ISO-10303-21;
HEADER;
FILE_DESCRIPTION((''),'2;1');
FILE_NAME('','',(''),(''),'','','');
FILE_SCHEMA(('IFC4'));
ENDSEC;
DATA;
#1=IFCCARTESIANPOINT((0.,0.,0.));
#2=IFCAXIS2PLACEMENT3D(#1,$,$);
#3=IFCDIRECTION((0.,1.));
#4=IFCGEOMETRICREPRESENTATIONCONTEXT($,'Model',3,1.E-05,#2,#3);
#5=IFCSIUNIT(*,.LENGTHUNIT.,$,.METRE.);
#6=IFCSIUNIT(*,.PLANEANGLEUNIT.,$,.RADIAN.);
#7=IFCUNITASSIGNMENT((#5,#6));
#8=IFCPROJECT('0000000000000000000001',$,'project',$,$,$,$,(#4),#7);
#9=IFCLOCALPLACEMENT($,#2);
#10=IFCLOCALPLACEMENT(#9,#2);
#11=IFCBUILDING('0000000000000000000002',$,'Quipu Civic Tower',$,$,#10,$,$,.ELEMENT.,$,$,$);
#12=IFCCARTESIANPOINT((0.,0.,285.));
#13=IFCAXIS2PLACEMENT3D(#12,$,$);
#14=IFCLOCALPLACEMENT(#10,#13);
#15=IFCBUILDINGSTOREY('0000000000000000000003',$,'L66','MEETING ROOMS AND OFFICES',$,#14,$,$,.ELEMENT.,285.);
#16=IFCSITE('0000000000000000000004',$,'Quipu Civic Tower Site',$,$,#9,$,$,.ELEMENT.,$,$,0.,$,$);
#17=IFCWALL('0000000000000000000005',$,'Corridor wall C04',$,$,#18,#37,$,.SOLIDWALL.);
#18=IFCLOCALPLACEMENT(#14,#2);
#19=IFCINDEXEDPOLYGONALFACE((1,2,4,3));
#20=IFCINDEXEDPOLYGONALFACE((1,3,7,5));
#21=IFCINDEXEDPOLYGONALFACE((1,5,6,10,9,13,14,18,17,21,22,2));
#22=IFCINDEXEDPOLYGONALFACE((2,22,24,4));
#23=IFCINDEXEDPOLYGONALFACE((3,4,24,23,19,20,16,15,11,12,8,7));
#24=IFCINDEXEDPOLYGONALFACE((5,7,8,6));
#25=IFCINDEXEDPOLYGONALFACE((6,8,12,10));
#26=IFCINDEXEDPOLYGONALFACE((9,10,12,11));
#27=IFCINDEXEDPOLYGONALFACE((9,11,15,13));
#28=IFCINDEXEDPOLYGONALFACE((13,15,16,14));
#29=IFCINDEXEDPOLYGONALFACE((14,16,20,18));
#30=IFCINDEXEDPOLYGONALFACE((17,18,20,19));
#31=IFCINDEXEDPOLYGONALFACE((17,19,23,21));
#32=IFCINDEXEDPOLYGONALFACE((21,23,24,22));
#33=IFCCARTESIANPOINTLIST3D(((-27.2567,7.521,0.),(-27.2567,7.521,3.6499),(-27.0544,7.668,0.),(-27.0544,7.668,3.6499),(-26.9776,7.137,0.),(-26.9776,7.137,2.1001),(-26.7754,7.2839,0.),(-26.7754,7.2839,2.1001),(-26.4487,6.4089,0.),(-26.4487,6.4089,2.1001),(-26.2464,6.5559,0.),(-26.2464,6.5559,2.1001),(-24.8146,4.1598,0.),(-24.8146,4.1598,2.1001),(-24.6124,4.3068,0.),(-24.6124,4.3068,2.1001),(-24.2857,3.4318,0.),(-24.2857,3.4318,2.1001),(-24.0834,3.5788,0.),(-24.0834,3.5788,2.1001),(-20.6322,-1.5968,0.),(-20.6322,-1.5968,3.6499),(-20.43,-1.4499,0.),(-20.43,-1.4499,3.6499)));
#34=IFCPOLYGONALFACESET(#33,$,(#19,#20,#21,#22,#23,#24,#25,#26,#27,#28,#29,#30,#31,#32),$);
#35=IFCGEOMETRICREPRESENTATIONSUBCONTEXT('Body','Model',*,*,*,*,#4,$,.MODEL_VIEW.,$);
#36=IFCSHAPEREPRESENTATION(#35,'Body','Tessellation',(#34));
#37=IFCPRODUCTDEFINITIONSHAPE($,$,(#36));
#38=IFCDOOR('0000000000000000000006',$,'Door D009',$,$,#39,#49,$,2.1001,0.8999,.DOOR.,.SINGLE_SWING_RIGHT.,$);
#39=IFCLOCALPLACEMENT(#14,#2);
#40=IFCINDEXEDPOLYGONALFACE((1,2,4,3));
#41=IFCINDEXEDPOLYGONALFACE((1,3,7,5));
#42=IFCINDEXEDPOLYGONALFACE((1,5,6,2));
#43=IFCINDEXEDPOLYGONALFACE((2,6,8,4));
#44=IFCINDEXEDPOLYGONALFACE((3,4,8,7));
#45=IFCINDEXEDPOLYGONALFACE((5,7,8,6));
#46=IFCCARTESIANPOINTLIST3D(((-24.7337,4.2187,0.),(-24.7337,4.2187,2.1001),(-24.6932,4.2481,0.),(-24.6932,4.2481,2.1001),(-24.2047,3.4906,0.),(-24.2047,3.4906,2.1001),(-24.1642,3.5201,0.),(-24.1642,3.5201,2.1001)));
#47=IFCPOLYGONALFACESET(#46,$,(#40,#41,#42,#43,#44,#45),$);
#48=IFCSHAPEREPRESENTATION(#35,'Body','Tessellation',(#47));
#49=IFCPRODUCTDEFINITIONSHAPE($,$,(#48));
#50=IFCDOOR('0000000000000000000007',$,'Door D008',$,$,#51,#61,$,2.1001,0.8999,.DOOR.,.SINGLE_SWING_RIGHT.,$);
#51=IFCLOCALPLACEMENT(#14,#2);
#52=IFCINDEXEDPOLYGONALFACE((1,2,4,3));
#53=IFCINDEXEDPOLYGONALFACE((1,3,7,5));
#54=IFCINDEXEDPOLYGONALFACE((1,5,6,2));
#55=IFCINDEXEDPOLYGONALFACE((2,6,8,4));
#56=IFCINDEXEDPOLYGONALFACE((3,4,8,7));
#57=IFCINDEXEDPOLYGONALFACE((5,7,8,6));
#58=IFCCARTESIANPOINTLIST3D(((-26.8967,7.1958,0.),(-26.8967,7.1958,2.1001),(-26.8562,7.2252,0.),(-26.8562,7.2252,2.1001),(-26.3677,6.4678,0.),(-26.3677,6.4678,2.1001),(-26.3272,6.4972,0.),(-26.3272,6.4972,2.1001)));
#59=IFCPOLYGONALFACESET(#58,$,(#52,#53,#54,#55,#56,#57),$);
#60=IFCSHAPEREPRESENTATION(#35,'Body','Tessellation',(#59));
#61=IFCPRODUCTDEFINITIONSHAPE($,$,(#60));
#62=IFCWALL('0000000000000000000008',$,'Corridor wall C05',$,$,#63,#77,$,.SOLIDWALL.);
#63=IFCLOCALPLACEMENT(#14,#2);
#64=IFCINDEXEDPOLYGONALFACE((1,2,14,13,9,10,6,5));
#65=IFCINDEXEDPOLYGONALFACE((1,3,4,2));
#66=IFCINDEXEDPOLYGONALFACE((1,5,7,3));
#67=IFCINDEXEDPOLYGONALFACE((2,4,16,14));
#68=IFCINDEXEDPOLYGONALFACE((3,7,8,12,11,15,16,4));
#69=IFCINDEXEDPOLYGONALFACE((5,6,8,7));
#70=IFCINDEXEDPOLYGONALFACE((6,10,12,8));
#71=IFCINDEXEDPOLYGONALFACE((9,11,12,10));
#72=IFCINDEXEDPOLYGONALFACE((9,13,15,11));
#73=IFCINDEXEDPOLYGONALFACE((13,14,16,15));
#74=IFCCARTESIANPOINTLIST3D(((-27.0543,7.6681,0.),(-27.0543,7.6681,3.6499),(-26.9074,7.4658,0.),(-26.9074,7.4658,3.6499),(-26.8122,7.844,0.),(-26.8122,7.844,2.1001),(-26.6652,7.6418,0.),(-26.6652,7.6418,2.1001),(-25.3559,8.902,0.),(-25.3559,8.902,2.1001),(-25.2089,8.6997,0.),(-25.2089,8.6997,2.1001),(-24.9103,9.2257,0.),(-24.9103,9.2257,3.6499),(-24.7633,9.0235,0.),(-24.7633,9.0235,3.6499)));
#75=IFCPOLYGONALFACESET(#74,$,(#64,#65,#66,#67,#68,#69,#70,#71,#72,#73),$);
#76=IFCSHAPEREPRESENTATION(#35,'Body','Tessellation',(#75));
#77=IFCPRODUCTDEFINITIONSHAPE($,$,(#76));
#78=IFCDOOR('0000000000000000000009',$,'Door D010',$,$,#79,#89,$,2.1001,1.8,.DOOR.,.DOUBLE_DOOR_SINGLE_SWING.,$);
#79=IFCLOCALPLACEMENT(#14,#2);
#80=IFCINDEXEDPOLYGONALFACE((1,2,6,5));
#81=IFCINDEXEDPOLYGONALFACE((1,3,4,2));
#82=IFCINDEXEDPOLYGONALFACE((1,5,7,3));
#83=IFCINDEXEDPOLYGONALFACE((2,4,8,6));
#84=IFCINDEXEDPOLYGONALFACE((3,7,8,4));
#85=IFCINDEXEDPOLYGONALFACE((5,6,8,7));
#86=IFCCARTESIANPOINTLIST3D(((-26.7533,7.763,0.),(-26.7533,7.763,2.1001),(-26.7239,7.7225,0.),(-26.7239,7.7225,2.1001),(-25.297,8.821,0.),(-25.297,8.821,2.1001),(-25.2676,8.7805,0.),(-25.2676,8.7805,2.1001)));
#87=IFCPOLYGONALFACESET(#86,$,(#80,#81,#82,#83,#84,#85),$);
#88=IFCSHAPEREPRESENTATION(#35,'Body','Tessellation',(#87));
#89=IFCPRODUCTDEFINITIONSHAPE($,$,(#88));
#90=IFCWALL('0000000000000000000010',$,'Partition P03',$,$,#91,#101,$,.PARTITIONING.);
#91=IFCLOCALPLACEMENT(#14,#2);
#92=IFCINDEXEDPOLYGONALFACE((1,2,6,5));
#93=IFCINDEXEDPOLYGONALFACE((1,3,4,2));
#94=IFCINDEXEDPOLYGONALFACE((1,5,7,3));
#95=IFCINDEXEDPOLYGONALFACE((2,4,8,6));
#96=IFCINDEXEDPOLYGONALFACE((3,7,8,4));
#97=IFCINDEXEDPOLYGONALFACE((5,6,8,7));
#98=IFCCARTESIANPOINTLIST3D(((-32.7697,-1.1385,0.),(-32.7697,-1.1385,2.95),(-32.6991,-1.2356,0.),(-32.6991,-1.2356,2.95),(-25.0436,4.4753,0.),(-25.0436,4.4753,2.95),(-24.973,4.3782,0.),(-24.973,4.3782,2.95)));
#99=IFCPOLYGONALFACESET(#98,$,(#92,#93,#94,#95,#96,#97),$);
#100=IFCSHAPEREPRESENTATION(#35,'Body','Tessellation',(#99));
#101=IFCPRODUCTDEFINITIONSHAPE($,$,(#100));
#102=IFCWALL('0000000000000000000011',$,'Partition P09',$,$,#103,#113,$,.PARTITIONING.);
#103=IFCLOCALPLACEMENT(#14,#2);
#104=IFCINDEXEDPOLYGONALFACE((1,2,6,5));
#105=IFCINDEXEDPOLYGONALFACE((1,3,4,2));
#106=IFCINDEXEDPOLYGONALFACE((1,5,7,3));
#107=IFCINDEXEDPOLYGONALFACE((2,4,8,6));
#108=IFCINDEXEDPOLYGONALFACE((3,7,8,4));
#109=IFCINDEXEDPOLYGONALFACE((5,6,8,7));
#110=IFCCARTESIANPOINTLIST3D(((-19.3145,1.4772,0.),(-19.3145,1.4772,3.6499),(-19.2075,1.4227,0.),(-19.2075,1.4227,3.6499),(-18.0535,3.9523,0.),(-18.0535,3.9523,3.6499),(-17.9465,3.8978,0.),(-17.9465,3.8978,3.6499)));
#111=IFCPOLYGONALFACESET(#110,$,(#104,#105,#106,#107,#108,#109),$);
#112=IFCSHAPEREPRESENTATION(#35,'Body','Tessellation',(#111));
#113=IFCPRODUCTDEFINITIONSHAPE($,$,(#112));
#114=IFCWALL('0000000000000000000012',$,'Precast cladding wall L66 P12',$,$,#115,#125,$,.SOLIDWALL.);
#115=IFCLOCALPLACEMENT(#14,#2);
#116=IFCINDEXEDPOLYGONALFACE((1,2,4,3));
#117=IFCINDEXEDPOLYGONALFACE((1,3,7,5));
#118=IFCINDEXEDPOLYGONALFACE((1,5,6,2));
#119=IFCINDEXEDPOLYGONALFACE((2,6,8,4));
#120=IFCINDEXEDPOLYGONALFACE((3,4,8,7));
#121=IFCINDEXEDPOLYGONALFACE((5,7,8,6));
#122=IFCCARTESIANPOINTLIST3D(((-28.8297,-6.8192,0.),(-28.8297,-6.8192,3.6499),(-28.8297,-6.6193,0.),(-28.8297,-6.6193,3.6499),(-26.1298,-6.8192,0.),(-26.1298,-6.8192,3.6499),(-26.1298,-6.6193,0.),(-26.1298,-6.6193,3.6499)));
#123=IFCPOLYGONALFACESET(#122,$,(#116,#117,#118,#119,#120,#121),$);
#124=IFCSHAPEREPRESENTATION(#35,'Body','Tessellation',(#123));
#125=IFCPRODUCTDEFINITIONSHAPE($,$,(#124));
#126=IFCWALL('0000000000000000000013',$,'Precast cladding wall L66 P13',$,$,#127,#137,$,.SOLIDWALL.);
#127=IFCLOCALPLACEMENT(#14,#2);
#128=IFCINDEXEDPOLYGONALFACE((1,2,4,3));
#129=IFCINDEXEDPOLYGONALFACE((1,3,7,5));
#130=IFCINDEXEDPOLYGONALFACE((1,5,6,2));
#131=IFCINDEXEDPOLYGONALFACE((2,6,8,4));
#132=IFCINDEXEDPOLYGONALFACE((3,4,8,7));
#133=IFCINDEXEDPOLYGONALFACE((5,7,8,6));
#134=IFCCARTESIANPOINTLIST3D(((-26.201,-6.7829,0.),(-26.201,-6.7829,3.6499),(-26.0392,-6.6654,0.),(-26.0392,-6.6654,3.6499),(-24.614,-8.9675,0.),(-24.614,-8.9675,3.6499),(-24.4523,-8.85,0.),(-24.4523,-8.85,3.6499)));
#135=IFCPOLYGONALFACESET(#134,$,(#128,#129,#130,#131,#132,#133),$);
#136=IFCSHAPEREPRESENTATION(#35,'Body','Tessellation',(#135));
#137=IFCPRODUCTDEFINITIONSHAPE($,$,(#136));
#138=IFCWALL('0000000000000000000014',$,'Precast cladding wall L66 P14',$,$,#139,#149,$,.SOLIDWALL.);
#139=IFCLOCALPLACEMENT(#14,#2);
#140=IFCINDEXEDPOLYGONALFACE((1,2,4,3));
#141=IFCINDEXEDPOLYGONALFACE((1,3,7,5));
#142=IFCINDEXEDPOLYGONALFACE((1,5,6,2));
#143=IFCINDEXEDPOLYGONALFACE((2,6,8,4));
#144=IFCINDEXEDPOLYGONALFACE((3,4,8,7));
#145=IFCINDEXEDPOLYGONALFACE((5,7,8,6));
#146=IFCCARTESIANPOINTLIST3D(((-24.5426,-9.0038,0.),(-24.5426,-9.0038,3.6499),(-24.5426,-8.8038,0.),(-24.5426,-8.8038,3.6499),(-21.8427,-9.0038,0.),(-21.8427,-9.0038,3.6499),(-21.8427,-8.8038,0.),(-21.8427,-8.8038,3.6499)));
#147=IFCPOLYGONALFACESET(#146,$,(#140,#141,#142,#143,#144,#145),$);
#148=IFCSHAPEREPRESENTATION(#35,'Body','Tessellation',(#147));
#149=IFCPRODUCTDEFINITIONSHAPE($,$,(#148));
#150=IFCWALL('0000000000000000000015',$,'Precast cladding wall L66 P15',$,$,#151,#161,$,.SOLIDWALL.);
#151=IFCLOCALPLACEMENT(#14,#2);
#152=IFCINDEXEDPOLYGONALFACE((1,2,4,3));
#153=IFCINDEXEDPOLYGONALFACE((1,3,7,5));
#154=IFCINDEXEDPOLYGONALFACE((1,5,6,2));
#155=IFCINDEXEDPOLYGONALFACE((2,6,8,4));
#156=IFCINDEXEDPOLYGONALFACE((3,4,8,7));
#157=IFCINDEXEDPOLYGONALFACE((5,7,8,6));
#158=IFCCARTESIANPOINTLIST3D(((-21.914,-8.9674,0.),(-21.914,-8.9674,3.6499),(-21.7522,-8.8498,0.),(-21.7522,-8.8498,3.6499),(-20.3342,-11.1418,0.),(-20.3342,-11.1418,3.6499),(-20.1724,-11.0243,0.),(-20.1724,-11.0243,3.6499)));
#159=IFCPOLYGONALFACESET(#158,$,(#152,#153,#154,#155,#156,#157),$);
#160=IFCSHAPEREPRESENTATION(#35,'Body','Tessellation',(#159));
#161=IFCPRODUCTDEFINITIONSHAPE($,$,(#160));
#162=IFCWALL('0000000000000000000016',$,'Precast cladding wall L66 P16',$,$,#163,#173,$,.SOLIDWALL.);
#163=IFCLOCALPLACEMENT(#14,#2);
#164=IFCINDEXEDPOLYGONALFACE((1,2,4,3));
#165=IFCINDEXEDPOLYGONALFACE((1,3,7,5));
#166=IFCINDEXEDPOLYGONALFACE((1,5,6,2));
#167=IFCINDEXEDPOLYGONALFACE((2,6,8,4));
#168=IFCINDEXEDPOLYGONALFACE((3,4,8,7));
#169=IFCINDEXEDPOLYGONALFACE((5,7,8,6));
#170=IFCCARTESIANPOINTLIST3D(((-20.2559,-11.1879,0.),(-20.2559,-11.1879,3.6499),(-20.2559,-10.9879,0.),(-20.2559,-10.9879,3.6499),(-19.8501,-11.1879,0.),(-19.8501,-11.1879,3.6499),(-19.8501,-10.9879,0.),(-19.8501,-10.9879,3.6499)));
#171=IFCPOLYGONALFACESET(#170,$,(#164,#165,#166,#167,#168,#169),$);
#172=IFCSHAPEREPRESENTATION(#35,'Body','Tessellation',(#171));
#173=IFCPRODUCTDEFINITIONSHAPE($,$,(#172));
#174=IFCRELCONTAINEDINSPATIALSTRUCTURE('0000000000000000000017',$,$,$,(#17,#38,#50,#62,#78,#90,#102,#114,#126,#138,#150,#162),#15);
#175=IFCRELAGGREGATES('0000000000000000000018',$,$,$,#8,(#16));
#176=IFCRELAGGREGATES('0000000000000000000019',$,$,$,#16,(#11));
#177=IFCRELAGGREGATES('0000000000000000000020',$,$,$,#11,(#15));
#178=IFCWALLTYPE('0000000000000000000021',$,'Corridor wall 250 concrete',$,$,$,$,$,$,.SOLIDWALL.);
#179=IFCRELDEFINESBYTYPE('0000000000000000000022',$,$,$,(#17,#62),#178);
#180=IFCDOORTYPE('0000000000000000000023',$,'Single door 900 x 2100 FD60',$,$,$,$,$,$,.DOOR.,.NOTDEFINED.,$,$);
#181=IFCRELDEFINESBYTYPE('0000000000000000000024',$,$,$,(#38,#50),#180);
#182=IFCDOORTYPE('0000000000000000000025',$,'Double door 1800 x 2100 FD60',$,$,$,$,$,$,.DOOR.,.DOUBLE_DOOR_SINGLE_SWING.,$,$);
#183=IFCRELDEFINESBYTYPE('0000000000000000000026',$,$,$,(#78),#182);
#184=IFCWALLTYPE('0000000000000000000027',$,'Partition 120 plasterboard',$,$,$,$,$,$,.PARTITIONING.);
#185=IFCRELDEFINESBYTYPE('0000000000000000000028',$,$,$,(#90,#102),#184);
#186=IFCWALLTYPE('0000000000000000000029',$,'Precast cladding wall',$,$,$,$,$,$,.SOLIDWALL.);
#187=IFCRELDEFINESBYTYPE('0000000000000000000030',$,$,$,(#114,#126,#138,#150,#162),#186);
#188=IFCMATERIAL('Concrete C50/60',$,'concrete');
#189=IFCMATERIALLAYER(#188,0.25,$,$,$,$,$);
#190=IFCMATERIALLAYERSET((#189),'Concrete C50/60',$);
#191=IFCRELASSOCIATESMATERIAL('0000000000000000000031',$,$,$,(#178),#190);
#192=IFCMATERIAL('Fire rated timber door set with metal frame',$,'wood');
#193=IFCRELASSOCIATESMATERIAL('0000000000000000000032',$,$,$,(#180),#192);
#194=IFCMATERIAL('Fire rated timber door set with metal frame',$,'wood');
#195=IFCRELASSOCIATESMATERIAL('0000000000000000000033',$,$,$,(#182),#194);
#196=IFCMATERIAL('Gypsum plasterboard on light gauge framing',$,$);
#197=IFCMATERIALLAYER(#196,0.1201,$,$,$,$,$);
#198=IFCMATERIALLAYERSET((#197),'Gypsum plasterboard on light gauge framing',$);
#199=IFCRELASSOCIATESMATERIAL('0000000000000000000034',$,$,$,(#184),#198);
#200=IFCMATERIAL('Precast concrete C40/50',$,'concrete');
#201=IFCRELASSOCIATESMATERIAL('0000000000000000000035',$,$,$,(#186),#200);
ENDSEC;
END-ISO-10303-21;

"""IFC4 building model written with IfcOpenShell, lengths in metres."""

from ifc_helpers import new_model, si_unit, direction, frame, frame_2d, origin, place, context, subcontext, project, spatial, rectangle, extrude, material, layer, layer_set, type_object, element, fill, save


model = new_model("IFC4")

# Units and contexts
model_context = context("Model", 3, precision=1e-05, world=origin(), true_north=direction((0.0, 1.0)))
body_context = subcontext(model_context, "Body", "Model", "MODEL_VIEW")
ifc_project = project(units=[si_unit("LENGTHUNIT", "METRE"), si_unit("PLANEANGLEUNIT", "RADIAN")], contexts=[model_context])

# Site, building, storey
site_placement = place(None, origin())
site = spatial("IfcSite", under=ifc_project, at=site_placement, Name="Quipu Civic Tower Site", CompositionType="ELEMENT", RefElevation=0.0)
building_placement = place(site_placement, origin())
building = spatial("IfcBuilding", under=site, at=building_placement, Name="Quipu Civic Tower", CompositionType="ELEMENT")
storey_placement = place(building_placement, frame((0.0, 0.0, 285.0)))
storey = spatial("IfcBuildingStorey", under=building, at=storey_placement, Name="L66", Description="MEETING ROOMS AND OFFICES", CompositionType="ELEMENT", Elevation=285.0)

# Wall, openings, doors
ifc_material_1 = material(Name="Concrete C50/60", Category="concrete")
ifc_layer_1 = layer(ifc_material_1, 0.25)
ifc_layer_set_1 = layer_set([ifc_layer_1], Name="Concrete C50/60")
wall_type_1 = type_object("IfcWallType", Name="Corridor wall 250 concrete", PredefinedType="SOLIDWALL", material=ifc_layer_set_1)
wall_1_placement = place(storey_placement, frame((-20.531, -1.5234, 0.0), z_axis=(0.0, 0.0, 1.0), x_axis=(-0.587783, 0.809019, 0.0)))
wall_1 = element("IfcWall", 1, at=wall_1_placement, inside=storey, type_object=wall_type_1, Name="Corridor wall C04", PredefinedType="SOLIDWALL", context=body_context, shape_type="SweptSolid", body=[
    extrude(rectangle(XDim=11.2703, YDim=0.25, at=frame_2d((5.6353, 0.0))), origin(), (0.0, 0.0, 1.0), 3.6499),
])
opening_1_placement = place(wall_1_placement, frame((6.2158, 0.0, 0.0)))
opening_1 = element("IfcOpeningElement", 2, at=opening_1_placement, cuts=wall_1, PredefinedType="OPENING", context=body_context, shape_type="SweptSolid", body=[
    extrude(rectangle(XDim=0.8999, YDim=2.1001, at=frame_2d((0.45, 1.05))), frame((0.0, 0.135, 0.0), z_axis=(0.0, -1.0, 0.0), x_axis=(1.0, 0.0, 0.0)), (0.0, 0.0, 1.0), 0.27),
])
opening_2_placement = place(wall_1_placement, frame((9.8958, 0.0, 0.0)))
opening_2 = element("IfcOpeningElement", 3, at=opening_2_placement, cuts=wall_1, PredefinedType="OPENING", context=body_context, shape_type="SweptSolid", body=[
    extrude(rectangle(XDim=0.8999, YDim=2.1001, at=frame_2d((0.45, 1.05))), frame((0.0, 0.135, 0.0), z_axis=(0.0, -1.0, 0.0), x_axis=(1.0, 0.0, 0.0)), (0.0, 0.0, 1.0), 0.27),
])
ifc_material_2 = material(Name="Fire rated timber door set with metal frame", Category="wood")
door_type_1 = type_object("IfcDoorType", Name="Single door 900 x 2100 FD60", OperationType="NOTDEFINED", PredefinedType="DOOR", material=ifc_material_2)
door_1_placement = place(opening_1_placement, origin())
door_1 = element("IfcDoor", 4, at=door_1_placement, inside=storey, type_object=door_type_1, Name="Door D009", OperationType="SINGLE_SWING_RIGHT", OverallHeight=2.1001, OverallWidth=0.8999, PredefinedType="DOOR", context=body_context, shape_type="SweptSolid", body=[
    extrude(rectangle(XDim=0.8999, YDim=2.1001, at=frame_2d((0.45, 1.05))), frame((0.0, 0.0249, 0.0), z_axis=(0.0, -1.0, 0.0), x_axis=(1.0, 0.0, 0.0)), (0.0, 0.0, 1.0), 0.05),
])
fill(opening_1, door_1)
door_2_placement = place(opening_2_placement, origin())
door_2 = element("IfcDoor", 5, at=door_2_placement, inside=storey, type_object=door_type_1, Name="Door D008", OperationType="SINGLE_SWING_RIGHT", OverallHeight=2.1001, OverallWidth=0.8999, PredefinedType="DOOR", context=body_context, shape_type="SweptSolid", body=[
    extrude(rectangle(XDim=0.8999, YDim=2.1001, at=frame_2d((0.45, 1.05))), frame((0.0, 0.0249, 0.0), z_axis=(0.0, -1.0, 0.0), x_axis=(1.0, 0.0, 0.0)), (0.0, 0.0, 1.0), 0.05),
])
fill(opening_2, door_2)

# Wall, opening, door
wall_2_placement = place(storey_placement, frame((-26.981, 7.5669, 0.0), z_axis=(0.0, 0.0, 1.0), x_axis=(0.809039, 0.587755, 0.0)))
wall_2 = element("IfcWall", 6, at=wall_2_placement, inside=storey, type_object=wall_type_1, Name="Corridor wall C05", PredefinedType="SOLIDWALL", context=body_context, shape_type="SweptSolid", body=[
    extrude(rectangle(XDim=2.6501, YDim=0.25, at=frame_2d((1.3252, 0.0))), origin(), (0.0, 0.0, 1.0), 3.6499),
])
opening_3_placement = place(wall_2_placement, frame((0.2996, 0.0, 0.0)))
opening_3 = element("IfcOpeningElement", 7, at=opening_3_placement, cuts=wall_2, PredefinedType="OPENING", context=body_context, shape_type="SweptSolid", body=[
    extrude(rectangle(XDim=1.8, YDim=2.1001, at=frame_2d((0.8999, 1.05))), frame((0.0, 0.135, 0.0), z_axis=(0.0, -1.0, 0.0), x_axis=(1.0, 0.0, 0.0)), (0.0, 0.0, 1.0), 0.27),
])
ifc_material_3 = material(Name="Fire rated timber door set with metal frame", Category="wood")
door_type_2 = type_object("IfcDoorType", Name="Double door 1800 x 2100 FD60", OperationType="DOUBLE_DOOR_SINGLE_SWING", PredefinedType="DOOR", material=ifc_material_3)
door_3_placement = place(opening_3_placement, origin())
door_3 = element("IfcDoor", 8, at=door_3_placement, inside=storey, type_object=door_type_2, Name="Door D010", OperationType="DOUBLE_DOOR_SINGLE_SWING", OverallHeight=2.1001, OverallWidth=1.8, PredefinedType="DOOR", context=body_context, shape_type="SweptSolid", body=[
    extrude(rectangle(XDim=1.8, YDim=2.1001, at=frame_2d((0.8999, 1.05))), frame((0.0, 0.0249, 0.0), z_axis=(0.0, -1.0, 0.0), x_axis=(1.0, 0.0, 0.0)), (0.0, 0.0, 1.0), 0.05),
])
fill(opening_3, door_3)

# Walls
ifc_material_4 = material(Name="Gypsum plasterboard on light gauge framing")
ifc_layer_2 = layer(ifc_material_4, 0.1201)
ifc_layer_set_2 = layer_set([ifc_layer_2], Name="Gypsum plasterboard on light gauge framing")
wall_type_2 = type_object("IfcWallType", Name="Partition 120 plasterboard", PredefinedType="PARTITIONING", material=ifc_layer_set_2)
wall_3_placement = place(storey_placement, frame((-25.0083, 4.4268, 0.0), z_axis=(0.0, 0.0, 1.0), x_axis=(-0.808995, -0.587816, 0.0)))
element("IfcWall", 9, at=wall_3_placement, inside=storey, type_object=wall_type_2, Name="Partition P03", PredefinedType="PARTITIONING", context=body_context, shape_type="SweptSolid", body=[
    extrude(rectangle(XDim=9.5503, YDim=0.1201, at=frame_2d((4.7751, 0.0))), origin(), (0.0, 0.0, 1.0), 2.95),
])
wall_4_placement = place(storey_placement, frame((-19.261, 1.45, 0.0), z_axis=(0.0, 0.0, 1.0), x_axis=(0.453951, 0.891027, 0.0)))
element("IfcWall", 10, at=wall_4_placement, inside=storey, type_object=wall_type_2, Name="Partition P09", PredefinedType="PARTITIONING", context=body_context, shape_type="SweptSolid", body=[
    extrude(rectangle(XDim=2.7778, YDim=0.1201, at=frame_2d((1.3889, 0.0))), origin(), (0.0, 0.0, 1.0), 3.6499),
])
ifc_material_5 = material(Name="Precast concrete C40/50", Category="concrete")
wall_type_3 = type_object("IfcWallType", Name="Precast cladding wall", PredefinedType="SOLIDWALL", material=ifc_material_5)
wall_5_placement = place(storey_placement, frame((-28.8298, -6.7192, 0.0), z_axis=(0.0, 0.0, 1.0), x_axis=(1.0, 0.0, 0.0)))
element("IfcWall", 11, at=wall_5_placement, inside=storey, type_object=wall_type_3, Name="Precast cladding wall L66 P12", PredefinedType="SOLIDWALL", context=body_context, shape_type="SweptSolid", body=[
    extrude(rectangle(XDim=2.7, YDim=0.2, at=frame_2d((1.3501, 0.0))), origin(), (0.0, 0.0, 1.0), 3.6499),
])
wall_6_placement = place(storey_placement, frame((-26.1201, -6.7241, 0.0), z_axis=(0.0, 0.0, 1.0), x_axis=(0.58772, -0.809064, 0.0)))
element("IfcWall", 12, at=wall_6_placement, inside=storey, type_object=wall_type_3, Name="Precast cladding wall L66 P13", PredefinedType="SOLIDWALL", context=body_context, shape_type="SweptSolid", body=[
    extrude(rectangle(XDim=2.7002, YDim=0.2, at=frame_2d((1.3501, 0.0))), origin(), (0.0, 0.0, 1.0), 3.6499),
])
wall_7_placement = place(storey_placement, frame((-24.5427, -8.9038, 0.0), z_axis=(0.0, 0.0, 1.0), x_axis=(1.0, 0.0, 0.0)))
element("IfcWall", 13, at=wall_7_placement, inside=storey, type_object=wall_type_3, Name="Precast cladding wall L66 P14", PredefinedType="SOLIDWALL", context=body_context, shape_type="SweptSolid", body=[
    extrude(rectangle(XDim=2.7, YDim=0.2, at=frame_2d((1.3501, 0.0))), origin(), (0.0, 0.0, 1.0), 3.6499),
])
wall_8_placement = place(storey_placement, frame((-21.833, -8.9087, 0.0), z_axis=(0.0, 0.0, 1.0), x_axis=(0.587767, -0.809031, 0.0)))
element("IfcWall", 14, at=wall_8_placement, inside=storey, type_object=wall_type_3, Name="Precast cladding wall L66 P15", PredefinedType="SOLIDWALL", context=body_context, shape_type="SweptSolid", body=[
    extrude(rectangle(XDim=2.6877, YDim=0.2, at=frame_2d((1.3438, 0.0))), origin(), (0.0, 0.0, 1.0), 3.6499),
])
wall_9_placement = place(storey_placement, frame((-20.2559, -11.0879, 0.0), z_axis=(0.0, 0.0, 1.0), x_axis=(1.0, 0.0, 0.0)))
element("IfcWall", 15, at=wall_9_placement, inside=storey, type_object=wall_type_3, Name="Precast cladding wall L66 P16", PredefinedType="SOLIDWALL", context=body_context, shape_type="SweptSolid", body=[
    extrude(rectangle(XDim=0.4058, YDim=0.2, at=frame_2d((0.2029, 0.0))), origin(), (0.0, 0.0, 1.0), 3.6499),
])

save(model, "model.ifc")
